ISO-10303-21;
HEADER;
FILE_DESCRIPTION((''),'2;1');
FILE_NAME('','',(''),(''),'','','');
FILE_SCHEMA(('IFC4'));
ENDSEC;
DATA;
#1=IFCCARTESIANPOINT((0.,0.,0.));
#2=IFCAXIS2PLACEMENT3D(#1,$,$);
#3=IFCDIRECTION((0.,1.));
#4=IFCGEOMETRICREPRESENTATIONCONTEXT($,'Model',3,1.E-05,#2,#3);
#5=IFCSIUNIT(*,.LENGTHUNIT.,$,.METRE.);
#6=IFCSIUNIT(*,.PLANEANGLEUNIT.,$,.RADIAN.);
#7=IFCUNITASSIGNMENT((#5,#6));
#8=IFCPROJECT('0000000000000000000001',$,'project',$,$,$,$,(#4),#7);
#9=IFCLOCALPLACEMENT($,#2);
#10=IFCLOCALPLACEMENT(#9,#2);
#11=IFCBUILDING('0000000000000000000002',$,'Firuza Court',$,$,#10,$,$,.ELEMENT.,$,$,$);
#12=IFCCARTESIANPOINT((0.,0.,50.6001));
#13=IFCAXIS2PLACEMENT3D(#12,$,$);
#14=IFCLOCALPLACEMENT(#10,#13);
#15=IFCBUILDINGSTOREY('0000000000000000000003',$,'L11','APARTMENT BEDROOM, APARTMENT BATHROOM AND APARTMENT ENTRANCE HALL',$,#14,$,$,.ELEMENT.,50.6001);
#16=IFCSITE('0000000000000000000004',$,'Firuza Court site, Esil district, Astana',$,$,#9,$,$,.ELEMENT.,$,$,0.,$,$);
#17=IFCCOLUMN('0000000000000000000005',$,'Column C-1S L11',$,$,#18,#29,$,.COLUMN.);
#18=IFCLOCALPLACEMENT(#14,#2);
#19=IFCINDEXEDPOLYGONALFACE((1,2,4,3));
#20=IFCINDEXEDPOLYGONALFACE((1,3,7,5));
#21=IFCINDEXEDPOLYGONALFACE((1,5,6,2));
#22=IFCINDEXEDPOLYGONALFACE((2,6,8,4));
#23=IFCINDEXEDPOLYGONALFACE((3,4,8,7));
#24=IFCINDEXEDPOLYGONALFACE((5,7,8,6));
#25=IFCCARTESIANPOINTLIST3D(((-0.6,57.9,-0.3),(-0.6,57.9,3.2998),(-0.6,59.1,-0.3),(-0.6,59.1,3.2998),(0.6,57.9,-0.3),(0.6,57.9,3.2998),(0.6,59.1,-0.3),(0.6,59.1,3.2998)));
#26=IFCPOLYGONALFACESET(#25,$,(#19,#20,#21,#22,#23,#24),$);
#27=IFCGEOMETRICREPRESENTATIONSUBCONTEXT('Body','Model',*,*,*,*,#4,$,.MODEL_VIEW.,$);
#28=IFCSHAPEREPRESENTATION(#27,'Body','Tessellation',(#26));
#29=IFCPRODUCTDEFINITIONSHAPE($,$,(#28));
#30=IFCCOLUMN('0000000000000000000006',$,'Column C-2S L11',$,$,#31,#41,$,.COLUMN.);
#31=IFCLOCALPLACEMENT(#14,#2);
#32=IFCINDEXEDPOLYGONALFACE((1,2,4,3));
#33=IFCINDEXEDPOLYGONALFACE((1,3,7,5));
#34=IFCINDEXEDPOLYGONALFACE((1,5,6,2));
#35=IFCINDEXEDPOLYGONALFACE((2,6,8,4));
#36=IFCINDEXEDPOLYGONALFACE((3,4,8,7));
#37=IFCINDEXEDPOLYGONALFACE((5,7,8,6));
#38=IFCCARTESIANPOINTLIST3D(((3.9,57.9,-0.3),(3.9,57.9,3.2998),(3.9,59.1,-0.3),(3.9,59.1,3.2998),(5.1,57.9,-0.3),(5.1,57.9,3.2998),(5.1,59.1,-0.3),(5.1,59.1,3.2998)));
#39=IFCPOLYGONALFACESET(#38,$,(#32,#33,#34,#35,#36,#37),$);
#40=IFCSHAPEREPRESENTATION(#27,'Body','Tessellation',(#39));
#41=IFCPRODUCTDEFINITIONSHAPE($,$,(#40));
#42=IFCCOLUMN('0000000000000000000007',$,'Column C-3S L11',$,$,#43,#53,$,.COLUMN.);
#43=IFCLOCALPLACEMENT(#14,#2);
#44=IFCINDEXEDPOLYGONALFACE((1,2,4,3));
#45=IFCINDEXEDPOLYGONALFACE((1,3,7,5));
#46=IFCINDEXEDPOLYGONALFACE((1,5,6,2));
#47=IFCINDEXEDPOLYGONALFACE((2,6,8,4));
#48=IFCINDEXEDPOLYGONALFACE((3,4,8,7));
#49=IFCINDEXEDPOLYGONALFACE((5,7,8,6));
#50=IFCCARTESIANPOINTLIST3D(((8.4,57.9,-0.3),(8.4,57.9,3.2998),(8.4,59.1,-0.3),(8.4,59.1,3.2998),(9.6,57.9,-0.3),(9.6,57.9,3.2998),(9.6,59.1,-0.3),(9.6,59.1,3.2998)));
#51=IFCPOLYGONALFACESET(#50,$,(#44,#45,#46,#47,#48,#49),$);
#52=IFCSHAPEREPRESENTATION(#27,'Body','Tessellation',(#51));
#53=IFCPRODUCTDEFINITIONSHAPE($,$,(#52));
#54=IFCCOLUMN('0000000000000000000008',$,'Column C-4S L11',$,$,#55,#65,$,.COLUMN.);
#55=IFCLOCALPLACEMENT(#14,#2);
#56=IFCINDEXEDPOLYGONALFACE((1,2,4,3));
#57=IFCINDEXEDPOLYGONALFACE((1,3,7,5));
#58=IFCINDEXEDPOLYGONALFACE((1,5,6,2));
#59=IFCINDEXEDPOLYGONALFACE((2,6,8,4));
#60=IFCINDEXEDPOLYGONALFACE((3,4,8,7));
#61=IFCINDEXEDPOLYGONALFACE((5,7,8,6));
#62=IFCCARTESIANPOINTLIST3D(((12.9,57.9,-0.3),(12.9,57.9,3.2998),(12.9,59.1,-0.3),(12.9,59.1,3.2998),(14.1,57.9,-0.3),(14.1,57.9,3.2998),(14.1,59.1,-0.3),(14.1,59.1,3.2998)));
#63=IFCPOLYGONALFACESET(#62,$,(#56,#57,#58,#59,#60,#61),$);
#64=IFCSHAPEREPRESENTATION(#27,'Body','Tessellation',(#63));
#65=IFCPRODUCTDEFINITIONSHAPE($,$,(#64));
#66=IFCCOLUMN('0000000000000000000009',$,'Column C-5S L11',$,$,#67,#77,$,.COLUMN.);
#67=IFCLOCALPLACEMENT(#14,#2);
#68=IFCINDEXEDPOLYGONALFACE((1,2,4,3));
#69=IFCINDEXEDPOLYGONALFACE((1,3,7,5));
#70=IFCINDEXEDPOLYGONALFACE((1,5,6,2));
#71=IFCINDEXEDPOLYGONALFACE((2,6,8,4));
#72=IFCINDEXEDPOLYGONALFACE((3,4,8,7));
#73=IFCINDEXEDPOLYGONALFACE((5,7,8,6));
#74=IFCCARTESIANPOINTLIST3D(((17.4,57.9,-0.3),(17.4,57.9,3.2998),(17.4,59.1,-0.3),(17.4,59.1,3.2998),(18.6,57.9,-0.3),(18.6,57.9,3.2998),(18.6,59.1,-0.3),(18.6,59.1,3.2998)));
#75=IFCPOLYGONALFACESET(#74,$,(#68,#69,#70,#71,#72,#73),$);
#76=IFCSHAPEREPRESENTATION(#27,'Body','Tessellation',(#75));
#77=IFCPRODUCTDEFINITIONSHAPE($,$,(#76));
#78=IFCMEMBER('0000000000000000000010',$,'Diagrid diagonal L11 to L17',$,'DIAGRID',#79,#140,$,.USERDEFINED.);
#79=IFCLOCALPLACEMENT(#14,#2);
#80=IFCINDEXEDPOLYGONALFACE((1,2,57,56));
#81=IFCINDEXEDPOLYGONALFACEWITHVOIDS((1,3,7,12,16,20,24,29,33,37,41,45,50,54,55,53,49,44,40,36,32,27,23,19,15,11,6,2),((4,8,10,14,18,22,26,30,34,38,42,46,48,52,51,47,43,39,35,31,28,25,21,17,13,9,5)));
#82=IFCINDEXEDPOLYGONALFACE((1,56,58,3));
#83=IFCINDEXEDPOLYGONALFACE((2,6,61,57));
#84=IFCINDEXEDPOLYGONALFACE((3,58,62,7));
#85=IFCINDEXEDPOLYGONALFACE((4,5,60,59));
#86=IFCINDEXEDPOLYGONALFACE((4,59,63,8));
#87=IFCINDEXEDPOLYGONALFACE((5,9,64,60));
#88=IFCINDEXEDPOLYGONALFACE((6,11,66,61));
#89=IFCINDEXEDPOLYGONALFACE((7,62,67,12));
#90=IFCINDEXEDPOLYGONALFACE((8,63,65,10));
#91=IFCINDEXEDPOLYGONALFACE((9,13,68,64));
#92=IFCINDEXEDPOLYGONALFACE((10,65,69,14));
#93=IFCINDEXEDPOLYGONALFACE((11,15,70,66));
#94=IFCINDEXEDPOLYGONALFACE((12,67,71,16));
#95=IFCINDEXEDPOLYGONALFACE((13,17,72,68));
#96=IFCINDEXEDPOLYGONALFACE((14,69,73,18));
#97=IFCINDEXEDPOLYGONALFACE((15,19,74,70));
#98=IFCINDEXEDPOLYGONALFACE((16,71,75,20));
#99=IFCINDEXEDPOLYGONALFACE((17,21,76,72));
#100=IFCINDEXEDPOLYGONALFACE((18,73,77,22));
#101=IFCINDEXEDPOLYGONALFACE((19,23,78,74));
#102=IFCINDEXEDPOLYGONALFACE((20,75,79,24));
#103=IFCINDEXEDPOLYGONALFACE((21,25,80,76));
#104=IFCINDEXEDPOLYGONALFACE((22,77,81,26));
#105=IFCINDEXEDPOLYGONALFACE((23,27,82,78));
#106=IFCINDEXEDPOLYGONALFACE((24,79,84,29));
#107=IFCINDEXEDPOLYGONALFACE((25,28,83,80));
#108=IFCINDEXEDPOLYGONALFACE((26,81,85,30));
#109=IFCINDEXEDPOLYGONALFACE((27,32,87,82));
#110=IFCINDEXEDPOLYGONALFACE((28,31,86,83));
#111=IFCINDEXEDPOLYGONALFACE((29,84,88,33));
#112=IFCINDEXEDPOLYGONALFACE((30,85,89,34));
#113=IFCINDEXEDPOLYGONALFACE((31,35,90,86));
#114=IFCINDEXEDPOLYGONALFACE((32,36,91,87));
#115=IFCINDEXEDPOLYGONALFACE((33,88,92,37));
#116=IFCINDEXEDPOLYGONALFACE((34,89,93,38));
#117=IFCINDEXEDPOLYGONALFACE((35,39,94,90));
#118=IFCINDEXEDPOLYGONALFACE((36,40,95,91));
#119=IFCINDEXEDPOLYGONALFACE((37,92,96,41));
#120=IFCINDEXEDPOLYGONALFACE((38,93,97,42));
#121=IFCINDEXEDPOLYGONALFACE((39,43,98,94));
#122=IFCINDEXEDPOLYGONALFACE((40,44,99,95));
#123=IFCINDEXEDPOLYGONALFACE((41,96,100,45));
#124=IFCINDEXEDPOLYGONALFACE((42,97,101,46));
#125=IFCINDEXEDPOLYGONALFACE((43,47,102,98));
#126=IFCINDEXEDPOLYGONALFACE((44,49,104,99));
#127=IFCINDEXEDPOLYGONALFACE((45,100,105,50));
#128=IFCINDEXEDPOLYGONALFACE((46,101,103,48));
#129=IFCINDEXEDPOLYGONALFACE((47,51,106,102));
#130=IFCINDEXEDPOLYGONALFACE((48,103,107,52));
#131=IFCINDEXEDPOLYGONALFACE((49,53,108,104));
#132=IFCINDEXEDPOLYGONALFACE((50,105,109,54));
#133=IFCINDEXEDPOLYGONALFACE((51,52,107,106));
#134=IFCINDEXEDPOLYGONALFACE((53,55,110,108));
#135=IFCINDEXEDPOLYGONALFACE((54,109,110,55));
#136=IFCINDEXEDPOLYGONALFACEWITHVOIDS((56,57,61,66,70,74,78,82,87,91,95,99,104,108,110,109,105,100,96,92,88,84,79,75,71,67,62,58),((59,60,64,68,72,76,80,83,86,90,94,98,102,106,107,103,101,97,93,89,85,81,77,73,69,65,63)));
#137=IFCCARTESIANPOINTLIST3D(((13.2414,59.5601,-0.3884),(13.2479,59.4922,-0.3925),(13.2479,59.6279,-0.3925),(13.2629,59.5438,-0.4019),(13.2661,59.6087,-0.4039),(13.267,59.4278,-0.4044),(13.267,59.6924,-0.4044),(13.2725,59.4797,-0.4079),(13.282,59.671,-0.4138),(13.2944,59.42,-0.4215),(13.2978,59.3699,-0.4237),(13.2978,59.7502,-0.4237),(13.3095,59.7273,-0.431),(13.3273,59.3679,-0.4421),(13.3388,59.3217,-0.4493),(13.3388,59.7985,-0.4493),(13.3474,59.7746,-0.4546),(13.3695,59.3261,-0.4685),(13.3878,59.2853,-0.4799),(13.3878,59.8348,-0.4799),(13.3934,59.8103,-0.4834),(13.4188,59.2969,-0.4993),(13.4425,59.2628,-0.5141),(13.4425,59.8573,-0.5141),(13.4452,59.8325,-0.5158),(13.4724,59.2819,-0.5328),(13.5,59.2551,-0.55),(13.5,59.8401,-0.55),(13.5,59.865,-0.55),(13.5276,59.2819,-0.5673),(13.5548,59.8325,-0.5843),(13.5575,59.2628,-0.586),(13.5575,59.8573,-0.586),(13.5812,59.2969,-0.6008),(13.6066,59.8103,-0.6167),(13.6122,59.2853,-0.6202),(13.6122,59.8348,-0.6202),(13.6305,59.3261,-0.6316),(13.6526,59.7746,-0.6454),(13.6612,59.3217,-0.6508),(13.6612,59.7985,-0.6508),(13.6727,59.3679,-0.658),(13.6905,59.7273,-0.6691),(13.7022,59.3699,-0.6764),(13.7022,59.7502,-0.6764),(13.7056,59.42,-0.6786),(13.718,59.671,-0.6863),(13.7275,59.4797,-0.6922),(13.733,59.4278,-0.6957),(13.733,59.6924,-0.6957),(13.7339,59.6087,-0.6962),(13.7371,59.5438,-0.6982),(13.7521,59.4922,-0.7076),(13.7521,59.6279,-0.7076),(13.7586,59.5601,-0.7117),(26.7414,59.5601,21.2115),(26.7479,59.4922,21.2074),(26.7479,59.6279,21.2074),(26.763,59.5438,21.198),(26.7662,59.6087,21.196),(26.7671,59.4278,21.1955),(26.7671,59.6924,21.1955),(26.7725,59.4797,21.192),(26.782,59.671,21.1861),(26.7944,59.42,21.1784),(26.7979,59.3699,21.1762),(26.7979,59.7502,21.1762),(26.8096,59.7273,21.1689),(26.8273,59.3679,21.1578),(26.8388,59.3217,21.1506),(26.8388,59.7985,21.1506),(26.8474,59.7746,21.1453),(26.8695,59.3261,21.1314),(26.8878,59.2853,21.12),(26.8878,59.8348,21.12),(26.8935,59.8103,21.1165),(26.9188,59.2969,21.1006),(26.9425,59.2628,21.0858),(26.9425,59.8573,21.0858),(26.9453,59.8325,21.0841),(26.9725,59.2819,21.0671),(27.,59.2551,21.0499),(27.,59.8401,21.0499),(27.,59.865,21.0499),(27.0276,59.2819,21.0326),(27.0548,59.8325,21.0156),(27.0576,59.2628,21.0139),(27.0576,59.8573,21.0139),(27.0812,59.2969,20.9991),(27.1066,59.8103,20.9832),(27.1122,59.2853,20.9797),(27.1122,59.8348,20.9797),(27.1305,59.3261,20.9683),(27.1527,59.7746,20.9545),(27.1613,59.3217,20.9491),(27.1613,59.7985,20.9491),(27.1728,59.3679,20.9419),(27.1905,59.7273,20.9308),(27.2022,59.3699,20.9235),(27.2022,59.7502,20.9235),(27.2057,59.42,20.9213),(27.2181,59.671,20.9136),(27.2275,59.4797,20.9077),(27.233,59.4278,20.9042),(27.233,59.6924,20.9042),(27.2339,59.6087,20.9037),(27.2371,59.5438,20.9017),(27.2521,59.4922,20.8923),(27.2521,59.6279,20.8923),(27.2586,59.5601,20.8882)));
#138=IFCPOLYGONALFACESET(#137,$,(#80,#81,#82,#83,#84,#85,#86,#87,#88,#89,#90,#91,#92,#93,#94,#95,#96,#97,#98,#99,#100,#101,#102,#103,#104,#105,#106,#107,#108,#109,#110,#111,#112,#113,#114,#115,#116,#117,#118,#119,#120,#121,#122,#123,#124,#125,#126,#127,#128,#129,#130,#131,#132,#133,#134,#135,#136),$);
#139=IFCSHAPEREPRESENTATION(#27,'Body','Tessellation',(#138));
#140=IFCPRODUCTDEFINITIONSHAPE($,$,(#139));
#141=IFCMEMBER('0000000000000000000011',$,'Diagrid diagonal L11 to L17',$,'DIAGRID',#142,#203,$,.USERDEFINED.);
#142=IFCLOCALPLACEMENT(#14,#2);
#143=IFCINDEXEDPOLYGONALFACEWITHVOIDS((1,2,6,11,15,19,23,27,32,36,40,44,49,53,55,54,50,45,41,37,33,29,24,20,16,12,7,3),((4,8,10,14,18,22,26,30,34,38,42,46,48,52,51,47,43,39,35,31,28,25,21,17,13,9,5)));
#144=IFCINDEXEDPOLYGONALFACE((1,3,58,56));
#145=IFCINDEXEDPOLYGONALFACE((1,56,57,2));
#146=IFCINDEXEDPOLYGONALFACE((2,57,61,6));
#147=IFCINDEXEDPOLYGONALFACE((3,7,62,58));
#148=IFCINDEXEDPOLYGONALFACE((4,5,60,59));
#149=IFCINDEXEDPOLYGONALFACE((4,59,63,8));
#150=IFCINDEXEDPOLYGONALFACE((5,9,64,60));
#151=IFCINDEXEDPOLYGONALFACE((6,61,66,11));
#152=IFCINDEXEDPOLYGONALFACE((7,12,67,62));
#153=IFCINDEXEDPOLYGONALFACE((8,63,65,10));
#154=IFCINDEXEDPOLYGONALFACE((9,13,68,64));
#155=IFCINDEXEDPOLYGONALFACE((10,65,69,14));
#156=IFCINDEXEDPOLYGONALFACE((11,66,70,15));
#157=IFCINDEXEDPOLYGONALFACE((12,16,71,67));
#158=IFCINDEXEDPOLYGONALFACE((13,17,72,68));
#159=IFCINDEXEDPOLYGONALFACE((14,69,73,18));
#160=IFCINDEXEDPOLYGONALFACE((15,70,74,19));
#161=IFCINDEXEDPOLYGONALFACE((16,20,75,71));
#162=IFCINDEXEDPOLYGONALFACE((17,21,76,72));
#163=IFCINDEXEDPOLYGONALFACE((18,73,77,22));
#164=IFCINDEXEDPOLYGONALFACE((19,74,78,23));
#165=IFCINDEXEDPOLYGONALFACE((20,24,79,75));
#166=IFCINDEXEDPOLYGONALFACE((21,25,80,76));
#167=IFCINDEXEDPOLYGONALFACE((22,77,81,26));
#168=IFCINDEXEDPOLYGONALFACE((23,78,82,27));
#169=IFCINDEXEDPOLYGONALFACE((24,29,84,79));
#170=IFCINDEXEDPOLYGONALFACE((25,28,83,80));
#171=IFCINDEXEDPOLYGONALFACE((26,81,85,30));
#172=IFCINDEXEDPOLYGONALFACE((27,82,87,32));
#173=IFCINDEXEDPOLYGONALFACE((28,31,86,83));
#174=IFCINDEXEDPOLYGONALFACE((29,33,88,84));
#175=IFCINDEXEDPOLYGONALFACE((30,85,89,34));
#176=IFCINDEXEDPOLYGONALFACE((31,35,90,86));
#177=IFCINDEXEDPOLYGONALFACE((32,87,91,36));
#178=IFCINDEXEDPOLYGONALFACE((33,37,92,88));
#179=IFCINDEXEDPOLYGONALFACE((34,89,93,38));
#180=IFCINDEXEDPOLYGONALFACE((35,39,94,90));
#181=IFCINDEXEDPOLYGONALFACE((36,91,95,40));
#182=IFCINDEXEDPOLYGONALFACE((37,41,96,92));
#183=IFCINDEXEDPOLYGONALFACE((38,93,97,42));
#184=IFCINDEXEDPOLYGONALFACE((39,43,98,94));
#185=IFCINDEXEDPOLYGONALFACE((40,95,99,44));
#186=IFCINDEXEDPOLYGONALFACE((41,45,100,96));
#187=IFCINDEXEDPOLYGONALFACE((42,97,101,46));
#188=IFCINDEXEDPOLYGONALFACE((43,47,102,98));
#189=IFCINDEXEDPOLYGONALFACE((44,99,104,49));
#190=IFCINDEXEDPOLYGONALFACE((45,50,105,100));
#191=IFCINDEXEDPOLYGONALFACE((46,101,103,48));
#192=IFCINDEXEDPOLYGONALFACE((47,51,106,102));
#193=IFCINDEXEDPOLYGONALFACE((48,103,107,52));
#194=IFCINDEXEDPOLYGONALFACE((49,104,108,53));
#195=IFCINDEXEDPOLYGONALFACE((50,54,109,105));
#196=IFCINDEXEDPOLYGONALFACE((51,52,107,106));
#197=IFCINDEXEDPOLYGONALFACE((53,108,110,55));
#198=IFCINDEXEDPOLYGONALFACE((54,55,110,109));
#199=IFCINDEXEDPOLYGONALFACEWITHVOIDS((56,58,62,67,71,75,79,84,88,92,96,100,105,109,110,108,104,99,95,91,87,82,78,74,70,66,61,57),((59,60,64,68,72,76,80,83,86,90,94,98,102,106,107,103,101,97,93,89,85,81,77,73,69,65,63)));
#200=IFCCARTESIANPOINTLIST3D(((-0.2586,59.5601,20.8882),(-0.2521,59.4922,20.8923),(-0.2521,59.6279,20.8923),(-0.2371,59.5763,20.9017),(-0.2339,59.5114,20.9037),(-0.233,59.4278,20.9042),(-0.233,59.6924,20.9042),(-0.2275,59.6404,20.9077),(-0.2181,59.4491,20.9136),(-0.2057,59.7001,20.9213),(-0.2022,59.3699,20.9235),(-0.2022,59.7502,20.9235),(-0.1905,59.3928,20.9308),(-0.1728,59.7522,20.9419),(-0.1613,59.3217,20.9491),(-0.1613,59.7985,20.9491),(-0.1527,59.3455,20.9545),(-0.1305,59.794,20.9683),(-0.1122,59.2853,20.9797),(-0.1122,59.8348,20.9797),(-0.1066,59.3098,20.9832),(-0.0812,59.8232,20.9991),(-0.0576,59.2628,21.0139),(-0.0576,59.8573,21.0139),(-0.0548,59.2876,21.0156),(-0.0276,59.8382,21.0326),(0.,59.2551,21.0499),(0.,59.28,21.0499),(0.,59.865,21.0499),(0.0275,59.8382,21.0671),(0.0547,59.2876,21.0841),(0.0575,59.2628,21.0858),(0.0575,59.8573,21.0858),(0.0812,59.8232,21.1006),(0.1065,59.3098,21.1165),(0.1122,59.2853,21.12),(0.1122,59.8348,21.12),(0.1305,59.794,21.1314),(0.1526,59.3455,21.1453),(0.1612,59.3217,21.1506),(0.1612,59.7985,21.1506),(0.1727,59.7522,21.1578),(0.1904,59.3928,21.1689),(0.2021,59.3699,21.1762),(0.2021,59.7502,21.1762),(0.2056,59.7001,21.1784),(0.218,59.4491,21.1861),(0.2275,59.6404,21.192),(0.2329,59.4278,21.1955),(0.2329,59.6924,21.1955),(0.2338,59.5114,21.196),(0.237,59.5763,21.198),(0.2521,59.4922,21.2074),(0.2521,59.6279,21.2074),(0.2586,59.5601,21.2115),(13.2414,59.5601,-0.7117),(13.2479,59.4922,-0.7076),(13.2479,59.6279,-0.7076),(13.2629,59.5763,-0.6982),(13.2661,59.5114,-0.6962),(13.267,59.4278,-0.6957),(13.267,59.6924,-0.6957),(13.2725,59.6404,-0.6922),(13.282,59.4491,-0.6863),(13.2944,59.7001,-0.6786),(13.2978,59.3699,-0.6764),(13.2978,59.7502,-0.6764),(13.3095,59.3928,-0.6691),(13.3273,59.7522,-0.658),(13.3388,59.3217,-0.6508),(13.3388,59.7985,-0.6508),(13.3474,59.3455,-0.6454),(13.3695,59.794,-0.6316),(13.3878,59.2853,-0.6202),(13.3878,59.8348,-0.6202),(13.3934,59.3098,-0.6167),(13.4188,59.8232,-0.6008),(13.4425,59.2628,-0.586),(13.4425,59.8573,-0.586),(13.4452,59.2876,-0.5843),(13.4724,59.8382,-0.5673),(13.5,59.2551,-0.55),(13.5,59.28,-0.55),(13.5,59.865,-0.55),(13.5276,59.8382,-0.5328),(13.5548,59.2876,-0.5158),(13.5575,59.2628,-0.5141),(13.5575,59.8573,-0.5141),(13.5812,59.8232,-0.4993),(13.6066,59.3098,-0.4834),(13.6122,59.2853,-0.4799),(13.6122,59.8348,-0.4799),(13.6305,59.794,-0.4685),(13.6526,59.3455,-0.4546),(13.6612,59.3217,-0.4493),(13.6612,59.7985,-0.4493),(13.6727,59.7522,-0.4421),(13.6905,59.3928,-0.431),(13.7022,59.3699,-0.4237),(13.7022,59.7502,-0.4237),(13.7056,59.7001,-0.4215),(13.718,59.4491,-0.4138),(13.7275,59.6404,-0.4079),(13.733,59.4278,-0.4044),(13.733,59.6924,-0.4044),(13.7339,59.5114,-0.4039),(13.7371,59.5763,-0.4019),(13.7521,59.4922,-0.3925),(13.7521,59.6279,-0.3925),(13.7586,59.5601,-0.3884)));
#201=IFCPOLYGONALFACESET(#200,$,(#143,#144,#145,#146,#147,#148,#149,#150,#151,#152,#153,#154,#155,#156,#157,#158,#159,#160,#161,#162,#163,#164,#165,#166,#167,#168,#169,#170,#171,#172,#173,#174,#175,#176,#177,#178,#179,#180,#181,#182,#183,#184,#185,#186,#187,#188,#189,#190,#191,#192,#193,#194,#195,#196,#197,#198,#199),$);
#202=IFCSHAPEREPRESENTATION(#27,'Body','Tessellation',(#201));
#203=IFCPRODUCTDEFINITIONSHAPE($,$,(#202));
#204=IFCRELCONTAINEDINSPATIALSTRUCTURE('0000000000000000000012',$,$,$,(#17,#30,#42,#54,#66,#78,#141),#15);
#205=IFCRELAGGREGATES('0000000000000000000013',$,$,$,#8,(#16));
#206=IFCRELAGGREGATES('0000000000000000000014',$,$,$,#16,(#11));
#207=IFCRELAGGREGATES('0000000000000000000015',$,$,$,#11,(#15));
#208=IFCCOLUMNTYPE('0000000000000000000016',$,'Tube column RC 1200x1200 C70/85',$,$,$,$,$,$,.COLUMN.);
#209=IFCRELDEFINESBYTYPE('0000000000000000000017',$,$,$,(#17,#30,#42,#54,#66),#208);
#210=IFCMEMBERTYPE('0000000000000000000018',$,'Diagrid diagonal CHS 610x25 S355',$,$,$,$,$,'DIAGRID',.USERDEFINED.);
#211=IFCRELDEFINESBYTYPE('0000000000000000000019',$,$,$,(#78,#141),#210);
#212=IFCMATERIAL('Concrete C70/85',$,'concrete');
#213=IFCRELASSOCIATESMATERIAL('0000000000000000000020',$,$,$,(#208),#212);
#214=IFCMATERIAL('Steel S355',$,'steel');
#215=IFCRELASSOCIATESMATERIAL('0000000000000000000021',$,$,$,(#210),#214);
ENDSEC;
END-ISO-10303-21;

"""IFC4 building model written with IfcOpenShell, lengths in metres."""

from ifc_helpers import new_model, si_unit, direction, frame, origin, origin_2d, place, context, subcontext, project, spatial, rectangle, hollow_circle, extrude, material, material_profile, profile_set, type_object, element, save


model = new_model("IFC4")

# Units and contexts
model_context = context("Model", 3, precision=1e-05, world=origin(), true_north=direction((0.0, 1.0)))
body_context = subcontext(model_context, "Body", "Model", "MODEL_VIEW")
ifc_project = project(units=[si_unit("LENGTHUNIT", "METRE"), si_unit("PLANEANGLEUNIT", "RADIAN")], contexts=[model_context])

# Site, building, storey
site_placement = place(None, origin())
site = spatial("IfcSite", under=ifc_project, at=site_placement, Name="Firuza Court site, Esil district, Astana", CompositionType="ELEMENT", RefElevation=0.0)
building_placement = place(site_placement, origin())
building = spatial("IfcBuilding", under=site, at=building_placement, Name="Firuza Court", CompositionType="ELEMENT")
storey_placement = place(building_placement, frame((0.0, 0.0, 50.6001)))
storey = spatial("IfcBuildingStorey", under=building, at=storey_placement, Name="L11", Description="APARTMENT BEDROOM, APARTMENT BATHROOM AND APARTMENT ENTRANCE HALL", CompositionType="ELEMENT", Elevation=50.6001)

# Columns
ifc_material_1 = material(Name="Concrete C70/85", Category="concrete")
ifc_material_profile_1 = material_profile(ifc_material_1, rectangle(XDim=1.2, YDim=1.2, at=origin_2d()), Name="RC 1200x1200")
ifc_profile_set_1 = profile_set([ifc_material_profile_1], Name="Concrete C70/85")
column_type = type_object("IfcColumnType", Name="Tube column RC 1200x1200 C70/85", PredefinedType="COLUMN", material=ifc_profile_set_1)
for number, where, z_axis, x_axis, name in (
    (1, (0.0, 58.5, -0.3), (0.0, 0.0, 1.0), (1.0, 0.0, 0.0), "Column C-1S L11"),
    (2, (4.5, 58.5, -0.3), (0.0, 0.0, 1.0), (1.0, 0.0, 0.0), "Column C-2S L11"),
    (3, (9.0, 58.5, -0.3), (0.0, 0.0, 1.0), (1.0, 0.0, 0.0), "Column C-3S L11"),
    (4, (13.5, 58.5, -0.3), (0.0, 0.0, 1.0), (1.0, 0.0, 0.0), "Column C-4S L11"),
    (5, (18.0, 58.5, -0.3), (0.0, 0.0, 1.0), (1.0, 0.0, 0.0), "Column C-5S L11"),
):
    element("IfcColumn", number, at=place(storey_placement, frame(where, z_axis=z_axis, x_axis=x_axis)), inside=storey, type_object=column_type, Name=name, PredefinedType="COLUMN", context=body_context, shape_type="SweptSolid", body=[
        extrude(rectangle(XDim=1.2, YDim=1.2, at=origin_2d()), origin(), (0.0, 0.0, 1.0), 3.5999),
    ])

# Members
ifc_material_2 = material(Name="Steel S355", Category="steel")
ifc_material_profile_2 = material_profile(ifc_material_2, hollow_circle(Radius=0.3049, WallThickness=0.0249, at=origin_2d()), Name="CHS 610x25")
ifc_profile_set_2 = profile_set([ifc_material_profile_2], Name="Steel S355")
member_type = type_object("IfcMemberType", Name="Diagrid diagonal CHS 610x25 S355", ElementType="DIAGRID", PredefinedType="USERDEFINED", material=ifc_profile_set_2)
for number, where, z_axis, x_axis, name in (
    (6, (13.5, 59.5601, -0.55), (0.530002, 0.0, 0.847997), (0.0, 1.0, 0.0), "Diagrid diagonal L11 to L17"),
    (7, (13.5, 59.5601, -0.55), (-0.530002, 0.0, 0.847997), (0.0, -1.0, 0.0), "Diagrid diagonal L11 to L17"),
):
    element("IfcMember", number, at=place(storey_placement, frame(where, z_axis=z_axis, x_axis=x_axis)), inside=storey, type_object=member_type, Name=name, ObjectType="DIAGRID", PredefinedType="USERDEFINED", context=body_context, shape_type="SweptSolid", body=[
        extrude(hollow_circle(Radius=0.3049, WallThickness=0.0249, at=origin_2d()), origin(), (0.0, 0.0, 1.0), 25.4717),
    ])

save(model, "model.ifc")
